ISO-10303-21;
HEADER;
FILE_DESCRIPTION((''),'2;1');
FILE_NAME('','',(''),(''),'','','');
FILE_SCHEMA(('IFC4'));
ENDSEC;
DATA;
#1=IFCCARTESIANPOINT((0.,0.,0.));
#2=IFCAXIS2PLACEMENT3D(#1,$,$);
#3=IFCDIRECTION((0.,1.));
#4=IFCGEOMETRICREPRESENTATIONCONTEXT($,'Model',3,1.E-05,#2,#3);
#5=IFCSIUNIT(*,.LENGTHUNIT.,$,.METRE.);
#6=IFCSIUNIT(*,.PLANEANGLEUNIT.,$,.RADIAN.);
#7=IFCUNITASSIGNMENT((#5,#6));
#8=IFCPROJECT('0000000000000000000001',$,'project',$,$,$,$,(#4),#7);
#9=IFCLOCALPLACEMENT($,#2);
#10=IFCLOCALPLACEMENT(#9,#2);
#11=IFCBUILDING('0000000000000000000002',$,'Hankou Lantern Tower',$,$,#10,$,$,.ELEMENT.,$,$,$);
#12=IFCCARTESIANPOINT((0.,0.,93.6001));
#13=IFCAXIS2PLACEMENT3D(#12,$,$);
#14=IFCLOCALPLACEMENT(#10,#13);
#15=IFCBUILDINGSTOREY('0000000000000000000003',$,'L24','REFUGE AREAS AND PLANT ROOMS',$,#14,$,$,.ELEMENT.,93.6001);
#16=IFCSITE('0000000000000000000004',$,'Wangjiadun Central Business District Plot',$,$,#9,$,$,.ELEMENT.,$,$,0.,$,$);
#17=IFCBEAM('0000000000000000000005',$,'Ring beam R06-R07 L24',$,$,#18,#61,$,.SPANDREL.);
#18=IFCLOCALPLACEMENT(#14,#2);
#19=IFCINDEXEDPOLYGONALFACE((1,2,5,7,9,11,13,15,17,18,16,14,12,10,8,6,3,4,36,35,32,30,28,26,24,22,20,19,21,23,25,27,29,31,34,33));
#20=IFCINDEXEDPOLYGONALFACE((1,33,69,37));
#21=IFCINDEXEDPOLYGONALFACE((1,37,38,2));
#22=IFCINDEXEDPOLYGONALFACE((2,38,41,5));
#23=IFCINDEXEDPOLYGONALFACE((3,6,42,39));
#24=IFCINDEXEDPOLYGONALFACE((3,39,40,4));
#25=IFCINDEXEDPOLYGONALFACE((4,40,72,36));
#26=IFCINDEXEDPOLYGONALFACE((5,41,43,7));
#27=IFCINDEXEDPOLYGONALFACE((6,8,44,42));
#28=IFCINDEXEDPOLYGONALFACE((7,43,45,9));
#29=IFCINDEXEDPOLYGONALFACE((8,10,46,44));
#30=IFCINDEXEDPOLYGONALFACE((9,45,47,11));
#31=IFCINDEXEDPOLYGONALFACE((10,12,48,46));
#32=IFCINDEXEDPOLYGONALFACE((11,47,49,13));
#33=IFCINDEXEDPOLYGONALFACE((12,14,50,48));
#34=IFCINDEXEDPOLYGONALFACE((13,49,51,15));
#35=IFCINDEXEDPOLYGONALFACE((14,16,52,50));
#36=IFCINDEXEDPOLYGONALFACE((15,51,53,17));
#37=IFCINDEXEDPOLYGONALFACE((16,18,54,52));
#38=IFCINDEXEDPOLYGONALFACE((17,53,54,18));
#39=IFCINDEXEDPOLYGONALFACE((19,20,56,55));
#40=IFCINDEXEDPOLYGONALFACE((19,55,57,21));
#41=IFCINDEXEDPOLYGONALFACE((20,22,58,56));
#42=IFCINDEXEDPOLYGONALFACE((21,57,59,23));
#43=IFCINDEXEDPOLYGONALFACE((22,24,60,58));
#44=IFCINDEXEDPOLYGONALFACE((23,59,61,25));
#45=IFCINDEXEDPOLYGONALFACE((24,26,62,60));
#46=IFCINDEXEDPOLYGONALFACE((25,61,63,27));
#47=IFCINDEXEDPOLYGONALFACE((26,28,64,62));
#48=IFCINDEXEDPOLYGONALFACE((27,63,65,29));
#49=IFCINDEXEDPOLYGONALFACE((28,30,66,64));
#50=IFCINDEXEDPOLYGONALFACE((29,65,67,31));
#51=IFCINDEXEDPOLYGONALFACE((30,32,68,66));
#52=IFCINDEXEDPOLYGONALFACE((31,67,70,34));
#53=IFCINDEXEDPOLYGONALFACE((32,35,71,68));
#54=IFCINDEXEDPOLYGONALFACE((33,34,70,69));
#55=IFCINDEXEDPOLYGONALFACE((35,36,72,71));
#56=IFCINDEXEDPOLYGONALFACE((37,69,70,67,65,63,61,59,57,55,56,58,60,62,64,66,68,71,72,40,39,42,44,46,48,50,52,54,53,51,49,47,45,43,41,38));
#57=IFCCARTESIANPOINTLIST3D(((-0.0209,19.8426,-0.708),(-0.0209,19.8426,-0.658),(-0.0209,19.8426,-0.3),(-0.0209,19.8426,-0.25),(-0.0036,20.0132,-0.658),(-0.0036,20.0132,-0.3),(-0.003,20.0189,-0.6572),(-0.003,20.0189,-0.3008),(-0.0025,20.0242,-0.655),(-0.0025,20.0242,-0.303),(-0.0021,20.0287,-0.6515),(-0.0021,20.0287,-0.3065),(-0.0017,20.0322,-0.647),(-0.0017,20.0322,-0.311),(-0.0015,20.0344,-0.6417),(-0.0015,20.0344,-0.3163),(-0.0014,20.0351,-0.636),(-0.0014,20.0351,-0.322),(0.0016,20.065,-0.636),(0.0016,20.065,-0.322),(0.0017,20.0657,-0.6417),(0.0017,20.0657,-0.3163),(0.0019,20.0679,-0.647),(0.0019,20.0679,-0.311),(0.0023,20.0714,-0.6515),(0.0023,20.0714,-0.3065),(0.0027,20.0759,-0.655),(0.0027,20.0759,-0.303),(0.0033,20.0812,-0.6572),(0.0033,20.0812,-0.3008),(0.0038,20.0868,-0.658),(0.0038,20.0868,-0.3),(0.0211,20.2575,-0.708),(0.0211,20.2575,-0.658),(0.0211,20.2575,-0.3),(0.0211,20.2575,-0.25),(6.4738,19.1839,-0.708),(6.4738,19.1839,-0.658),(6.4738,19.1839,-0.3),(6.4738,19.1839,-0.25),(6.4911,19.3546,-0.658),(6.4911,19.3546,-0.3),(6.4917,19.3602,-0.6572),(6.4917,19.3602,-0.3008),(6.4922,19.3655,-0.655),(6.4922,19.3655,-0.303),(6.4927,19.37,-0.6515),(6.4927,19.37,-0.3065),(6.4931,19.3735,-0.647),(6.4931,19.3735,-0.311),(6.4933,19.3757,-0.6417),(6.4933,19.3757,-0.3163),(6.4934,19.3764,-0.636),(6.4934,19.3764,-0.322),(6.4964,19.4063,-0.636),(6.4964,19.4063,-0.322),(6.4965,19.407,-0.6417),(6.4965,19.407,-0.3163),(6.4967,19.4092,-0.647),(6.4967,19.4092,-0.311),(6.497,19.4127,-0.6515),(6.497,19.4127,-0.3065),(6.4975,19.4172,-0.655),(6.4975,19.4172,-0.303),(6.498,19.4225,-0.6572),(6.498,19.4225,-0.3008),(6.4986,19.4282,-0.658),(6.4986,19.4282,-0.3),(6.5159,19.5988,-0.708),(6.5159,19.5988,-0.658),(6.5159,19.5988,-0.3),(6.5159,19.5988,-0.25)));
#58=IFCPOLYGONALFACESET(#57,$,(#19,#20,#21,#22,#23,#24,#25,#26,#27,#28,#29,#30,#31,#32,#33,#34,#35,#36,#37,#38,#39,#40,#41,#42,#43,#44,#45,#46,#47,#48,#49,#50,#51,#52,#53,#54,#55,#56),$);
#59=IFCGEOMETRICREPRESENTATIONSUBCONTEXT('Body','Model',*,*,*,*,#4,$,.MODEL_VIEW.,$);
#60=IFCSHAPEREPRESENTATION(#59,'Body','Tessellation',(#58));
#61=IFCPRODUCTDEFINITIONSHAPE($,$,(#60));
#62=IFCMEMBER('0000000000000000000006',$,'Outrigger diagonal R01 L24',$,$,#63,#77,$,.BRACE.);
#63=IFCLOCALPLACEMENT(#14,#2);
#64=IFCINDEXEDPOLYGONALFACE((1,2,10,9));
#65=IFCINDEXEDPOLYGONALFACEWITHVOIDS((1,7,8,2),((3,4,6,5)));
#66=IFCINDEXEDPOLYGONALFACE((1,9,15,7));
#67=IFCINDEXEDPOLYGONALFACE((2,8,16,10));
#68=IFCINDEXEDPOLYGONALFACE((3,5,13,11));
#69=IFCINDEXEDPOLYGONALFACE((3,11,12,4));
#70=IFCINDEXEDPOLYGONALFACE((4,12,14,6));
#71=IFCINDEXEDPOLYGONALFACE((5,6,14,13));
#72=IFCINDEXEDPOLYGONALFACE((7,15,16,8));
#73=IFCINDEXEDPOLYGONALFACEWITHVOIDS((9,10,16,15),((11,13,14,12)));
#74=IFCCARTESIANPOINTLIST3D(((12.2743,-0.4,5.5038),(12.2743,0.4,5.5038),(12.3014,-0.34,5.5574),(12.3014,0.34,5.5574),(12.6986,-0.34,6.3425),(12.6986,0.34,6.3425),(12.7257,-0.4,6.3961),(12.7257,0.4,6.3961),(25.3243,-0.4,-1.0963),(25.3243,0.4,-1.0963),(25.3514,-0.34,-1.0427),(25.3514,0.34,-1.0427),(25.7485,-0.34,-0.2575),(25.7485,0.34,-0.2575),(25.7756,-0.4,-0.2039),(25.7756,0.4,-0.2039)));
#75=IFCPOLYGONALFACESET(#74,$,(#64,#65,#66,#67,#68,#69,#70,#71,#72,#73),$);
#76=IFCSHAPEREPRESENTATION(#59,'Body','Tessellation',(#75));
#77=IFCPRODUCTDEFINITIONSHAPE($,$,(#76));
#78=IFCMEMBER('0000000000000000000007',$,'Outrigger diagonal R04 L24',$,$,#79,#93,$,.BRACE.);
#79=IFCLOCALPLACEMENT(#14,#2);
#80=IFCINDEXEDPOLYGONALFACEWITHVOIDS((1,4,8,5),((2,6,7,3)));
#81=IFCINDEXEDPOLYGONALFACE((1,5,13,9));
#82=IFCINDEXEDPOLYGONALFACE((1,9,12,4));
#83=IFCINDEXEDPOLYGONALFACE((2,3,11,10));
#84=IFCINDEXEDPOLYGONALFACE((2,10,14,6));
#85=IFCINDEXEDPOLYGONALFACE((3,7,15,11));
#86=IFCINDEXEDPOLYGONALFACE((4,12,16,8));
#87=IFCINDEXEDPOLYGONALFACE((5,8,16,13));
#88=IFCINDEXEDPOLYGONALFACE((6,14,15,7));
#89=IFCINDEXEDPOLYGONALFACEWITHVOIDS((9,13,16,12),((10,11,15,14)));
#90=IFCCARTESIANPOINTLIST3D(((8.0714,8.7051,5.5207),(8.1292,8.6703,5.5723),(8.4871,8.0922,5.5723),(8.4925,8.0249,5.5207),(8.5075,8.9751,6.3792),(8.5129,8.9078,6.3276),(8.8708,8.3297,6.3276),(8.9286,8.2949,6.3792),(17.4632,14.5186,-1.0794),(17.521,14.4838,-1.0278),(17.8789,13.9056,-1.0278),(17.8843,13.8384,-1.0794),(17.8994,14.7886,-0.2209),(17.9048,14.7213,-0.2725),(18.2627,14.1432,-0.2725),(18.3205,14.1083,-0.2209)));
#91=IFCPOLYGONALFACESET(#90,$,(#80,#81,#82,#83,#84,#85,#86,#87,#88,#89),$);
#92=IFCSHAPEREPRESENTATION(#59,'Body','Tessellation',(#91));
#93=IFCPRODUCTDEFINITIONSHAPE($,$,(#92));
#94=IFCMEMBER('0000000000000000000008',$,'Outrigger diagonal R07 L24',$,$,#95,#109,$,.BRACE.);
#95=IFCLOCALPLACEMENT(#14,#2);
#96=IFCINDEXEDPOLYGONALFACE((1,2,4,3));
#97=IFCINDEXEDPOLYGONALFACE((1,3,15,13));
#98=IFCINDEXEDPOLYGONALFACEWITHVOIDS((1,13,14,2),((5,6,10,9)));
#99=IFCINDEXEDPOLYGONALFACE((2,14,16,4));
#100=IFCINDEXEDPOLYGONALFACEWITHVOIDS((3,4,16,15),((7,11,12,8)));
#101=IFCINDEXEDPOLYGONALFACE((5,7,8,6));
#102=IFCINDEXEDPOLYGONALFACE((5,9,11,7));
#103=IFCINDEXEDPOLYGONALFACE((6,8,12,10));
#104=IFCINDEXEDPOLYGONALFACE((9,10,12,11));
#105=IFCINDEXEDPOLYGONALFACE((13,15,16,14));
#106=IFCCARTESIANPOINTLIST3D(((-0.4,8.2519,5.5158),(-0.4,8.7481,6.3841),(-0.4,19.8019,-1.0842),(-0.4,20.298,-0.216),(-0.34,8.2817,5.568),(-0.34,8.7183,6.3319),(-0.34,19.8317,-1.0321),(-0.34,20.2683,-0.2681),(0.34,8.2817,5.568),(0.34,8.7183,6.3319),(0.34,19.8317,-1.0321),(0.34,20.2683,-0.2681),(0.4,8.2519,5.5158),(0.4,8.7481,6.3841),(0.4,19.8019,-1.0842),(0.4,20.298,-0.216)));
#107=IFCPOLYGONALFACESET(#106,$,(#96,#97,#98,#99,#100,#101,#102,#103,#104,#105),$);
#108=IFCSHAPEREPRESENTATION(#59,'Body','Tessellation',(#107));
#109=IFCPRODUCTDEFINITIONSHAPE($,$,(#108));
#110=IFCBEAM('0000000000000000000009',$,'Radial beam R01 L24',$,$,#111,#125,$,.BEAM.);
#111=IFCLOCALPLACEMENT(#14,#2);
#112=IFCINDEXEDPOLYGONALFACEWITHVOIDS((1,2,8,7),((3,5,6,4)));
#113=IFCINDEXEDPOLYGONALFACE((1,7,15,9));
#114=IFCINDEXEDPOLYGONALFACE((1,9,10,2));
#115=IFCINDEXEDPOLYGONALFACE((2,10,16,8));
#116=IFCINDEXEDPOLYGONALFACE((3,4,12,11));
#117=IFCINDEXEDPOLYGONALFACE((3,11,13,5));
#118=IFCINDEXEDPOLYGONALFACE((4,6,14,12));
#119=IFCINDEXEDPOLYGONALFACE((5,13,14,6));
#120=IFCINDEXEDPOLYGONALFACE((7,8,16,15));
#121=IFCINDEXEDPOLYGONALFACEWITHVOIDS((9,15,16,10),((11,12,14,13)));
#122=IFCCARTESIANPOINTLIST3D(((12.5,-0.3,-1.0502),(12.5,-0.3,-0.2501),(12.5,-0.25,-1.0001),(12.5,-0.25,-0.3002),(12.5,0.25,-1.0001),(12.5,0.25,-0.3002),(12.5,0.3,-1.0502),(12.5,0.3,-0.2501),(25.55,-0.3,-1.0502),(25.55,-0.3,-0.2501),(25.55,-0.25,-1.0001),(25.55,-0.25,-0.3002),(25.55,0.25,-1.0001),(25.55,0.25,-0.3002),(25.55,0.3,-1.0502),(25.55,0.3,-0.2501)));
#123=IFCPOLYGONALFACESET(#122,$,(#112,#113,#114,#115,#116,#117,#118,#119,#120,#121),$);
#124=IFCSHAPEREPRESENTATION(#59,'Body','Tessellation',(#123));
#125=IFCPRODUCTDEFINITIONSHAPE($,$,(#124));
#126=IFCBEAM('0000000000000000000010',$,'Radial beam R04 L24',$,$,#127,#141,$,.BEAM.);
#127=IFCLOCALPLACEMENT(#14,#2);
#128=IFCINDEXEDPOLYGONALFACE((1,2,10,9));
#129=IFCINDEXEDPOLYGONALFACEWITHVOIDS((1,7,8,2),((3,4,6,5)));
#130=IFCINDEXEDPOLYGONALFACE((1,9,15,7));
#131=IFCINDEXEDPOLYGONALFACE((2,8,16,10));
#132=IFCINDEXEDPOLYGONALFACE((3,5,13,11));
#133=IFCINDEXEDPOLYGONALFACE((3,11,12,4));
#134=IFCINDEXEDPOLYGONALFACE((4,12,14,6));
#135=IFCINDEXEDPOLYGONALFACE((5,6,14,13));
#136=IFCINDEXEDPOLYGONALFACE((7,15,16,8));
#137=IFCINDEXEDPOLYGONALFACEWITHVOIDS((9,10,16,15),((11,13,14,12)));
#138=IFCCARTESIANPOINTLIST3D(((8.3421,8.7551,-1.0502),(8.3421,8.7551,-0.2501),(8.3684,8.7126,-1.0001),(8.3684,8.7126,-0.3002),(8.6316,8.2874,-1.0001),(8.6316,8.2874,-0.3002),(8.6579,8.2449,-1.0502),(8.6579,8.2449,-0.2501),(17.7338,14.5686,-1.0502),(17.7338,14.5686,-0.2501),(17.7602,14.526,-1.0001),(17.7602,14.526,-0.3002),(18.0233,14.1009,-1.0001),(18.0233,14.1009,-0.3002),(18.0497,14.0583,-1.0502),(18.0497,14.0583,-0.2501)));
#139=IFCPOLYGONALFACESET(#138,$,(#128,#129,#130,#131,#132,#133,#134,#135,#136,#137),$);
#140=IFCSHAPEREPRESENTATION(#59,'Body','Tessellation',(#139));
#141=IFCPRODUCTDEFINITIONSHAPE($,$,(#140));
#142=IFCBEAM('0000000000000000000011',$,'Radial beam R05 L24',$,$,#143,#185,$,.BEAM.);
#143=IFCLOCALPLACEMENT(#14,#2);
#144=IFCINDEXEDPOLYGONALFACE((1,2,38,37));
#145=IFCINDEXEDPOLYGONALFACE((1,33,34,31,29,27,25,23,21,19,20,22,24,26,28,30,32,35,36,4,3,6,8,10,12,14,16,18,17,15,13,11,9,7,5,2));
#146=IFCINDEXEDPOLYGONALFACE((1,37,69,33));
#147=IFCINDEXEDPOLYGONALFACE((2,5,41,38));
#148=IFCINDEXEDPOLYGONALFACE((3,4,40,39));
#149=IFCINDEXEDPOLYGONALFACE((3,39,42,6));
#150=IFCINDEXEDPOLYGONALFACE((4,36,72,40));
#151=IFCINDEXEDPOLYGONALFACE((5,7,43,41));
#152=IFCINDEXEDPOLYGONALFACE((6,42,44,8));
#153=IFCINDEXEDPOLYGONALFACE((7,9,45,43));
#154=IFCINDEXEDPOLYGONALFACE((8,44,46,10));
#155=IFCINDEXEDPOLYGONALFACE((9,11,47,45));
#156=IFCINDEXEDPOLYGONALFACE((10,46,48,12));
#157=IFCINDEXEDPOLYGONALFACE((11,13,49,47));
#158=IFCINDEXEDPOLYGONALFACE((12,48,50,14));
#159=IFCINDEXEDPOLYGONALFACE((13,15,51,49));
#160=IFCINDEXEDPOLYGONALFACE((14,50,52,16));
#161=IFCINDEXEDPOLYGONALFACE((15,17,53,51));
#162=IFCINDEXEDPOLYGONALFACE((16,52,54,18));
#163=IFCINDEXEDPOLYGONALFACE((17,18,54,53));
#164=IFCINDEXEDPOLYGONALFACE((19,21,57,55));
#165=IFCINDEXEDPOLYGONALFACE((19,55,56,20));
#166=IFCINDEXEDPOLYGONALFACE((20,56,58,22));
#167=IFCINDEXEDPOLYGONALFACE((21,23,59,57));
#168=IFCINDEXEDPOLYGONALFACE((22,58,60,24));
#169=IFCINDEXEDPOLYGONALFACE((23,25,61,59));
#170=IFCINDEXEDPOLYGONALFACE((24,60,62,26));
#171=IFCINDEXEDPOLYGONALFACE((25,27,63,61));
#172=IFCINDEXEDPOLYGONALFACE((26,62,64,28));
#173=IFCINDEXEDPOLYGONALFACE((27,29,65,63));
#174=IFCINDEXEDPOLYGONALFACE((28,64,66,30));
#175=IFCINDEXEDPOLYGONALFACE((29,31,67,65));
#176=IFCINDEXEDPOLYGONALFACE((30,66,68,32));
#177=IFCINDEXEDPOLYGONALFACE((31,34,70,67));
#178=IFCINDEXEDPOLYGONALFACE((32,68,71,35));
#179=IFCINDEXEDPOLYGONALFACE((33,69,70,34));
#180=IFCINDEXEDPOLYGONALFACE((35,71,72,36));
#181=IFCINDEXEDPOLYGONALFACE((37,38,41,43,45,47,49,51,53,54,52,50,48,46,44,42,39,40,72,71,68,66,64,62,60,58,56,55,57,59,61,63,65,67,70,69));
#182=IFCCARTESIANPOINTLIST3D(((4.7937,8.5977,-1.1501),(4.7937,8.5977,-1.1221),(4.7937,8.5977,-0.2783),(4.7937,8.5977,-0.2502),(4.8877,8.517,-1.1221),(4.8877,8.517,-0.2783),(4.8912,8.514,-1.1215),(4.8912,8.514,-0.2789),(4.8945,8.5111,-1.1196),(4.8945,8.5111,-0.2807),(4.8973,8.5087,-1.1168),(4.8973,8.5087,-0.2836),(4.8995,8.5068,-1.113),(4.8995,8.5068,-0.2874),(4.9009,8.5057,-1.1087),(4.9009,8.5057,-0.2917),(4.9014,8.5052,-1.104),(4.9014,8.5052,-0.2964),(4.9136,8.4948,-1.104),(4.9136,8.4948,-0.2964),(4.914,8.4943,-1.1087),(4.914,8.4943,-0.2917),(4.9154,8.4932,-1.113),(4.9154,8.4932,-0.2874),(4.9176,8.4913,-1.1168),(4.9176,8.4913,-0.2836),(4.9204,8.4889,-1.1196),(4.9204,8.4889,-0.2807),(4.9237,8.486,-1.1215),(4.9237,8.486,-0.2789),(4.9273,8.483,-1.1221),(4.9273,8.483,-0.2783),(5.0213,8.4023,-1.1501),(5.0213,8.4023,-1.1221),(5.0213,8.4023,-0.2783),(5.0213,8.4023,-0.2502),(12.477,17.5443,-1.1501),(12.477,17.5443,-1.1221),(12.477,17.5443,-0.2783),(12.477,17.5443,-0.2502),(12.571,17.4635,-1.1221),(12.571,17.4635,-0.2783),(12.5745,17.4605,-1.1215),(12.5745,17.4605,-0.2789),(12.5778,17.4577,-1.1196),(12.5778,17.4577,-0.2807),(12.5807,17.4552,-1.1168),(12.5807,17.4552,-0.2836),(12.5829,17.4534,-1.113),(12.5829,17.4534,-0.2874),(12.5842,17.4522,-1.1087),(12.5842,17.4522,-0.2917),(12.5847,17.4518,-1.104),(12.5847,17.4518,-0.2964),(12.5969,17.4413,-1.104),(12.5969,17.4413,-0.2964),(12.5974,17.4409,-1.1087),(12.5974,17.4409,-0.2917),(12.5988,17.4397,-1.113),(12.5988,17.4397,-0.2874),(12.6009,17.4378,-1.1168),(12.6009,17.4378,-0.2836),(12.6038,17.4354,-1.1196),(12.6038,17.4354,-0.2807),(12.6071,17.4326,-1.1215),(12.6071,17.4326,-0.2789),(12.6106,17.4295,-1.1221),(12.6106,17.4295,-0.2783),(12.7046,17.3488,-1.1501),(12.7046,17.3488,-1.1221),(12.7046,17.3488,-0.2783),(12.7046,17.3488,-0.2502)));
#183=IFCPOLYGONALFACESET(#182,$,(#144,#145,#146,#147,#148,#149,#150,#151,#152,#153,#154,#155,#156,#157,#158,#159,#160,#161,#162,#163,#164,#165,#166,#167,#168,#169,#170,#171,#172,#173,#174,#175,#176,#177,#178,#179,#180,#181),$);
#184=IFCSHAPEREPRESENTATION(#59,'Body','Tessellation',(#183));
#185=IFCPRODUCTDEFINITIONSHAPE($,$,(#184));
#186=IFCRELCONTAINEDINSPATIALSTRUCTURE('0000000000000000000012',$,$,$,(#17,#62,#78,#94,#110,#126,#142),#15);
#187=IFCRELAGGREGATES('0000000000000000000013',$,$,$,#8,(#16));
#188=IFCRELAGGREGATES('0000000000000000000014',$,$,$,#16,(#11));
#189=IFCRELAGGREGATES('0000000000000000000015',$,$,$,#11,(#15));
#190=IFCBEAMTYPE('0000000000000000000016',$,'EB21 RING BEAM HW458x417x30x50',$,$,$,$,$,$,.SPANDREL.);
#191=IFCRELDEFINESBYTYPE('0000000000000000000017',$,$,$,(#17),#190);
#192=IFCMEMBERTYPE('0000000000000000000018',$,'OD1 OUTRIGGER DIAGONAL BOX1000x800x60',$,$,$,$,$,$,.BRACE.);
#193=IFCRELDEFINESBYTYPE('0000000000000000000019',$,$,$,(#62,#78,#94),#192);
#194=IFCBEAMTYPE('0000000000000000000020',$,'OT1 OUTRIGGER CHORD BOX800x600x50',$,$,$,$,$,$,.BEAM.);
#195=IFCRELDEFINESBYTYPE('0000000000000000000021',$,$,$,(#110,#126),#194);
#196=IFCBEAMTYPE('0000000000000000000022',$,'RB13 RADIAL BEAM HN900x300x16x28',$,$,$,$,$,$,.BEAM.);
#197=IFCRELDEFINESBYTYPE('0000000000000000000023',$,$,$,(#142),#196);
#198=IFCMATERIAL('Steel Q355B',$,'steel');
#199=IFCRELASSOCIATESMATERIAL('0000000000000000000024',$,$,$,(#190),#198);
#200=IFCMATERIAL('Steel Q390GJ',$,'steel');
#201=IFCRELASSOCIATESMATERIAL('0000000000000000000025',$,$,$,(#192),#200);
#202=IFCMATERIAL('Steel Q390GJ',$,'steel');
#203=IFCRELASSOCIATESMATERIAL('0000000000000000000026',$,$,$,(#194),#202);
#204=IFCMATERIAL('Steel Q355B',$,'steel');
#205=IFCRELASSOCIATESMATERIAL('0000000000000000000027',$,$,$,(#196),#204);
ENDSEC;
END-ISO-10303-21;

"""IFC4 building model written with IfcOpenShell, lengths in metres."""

from ifc_helpers import new_model, si_unit, direction, frame, origin, origin_2d, place, context, subcontext, project, spatial, hollow_rectangle, i_section, extrude, material, material_profile, profile_set, type_object, element, save


model = new_model("IFC4")

# Units and contexts
model_context = context("Model", 3, precision=1e-05, world=origin(), true_north=direction((0.0, 1.0)))
body_context = subcontext(model_context, "Body", "Model", "MODEL_VIEW")
ifc_project = project(units=[si_unit("LENGTHUNIT", "METRE"), si_unit("PLANEANGLEUNIT", "RADIAN")], contexts=[model_context])

# Site, building, storey
site_placement = place(None, origin())
site = spatial("IfcSite", under=ifc_project, at=site_placement, Name="Wangjiadun Central Business District Plot", CompositionType="ELEMENT", RefElevation=0.0)
building_placement = place(site_placement, origin())
building = spatial("IfcBuilding", under=site, at=building_placement, Name="Hankou Lantern Tower", CompositionType="ELEMENT")
storey_placement = place(building_placement, frame((0.0, 0.0, 93.6001)))
storey = spatial("IfcBuildingStorey", under=building, at=storey_placement, Name="L24", Description="REFUGE AREAS AND PLANT ROOMS", CompositionType="ELEMENT", Elevation=93.6001)

# Beam
ifc_material_1 = material(Name="Steel Q355B", Category="steel")
ifc_material_profile_1 = material_profile(ifc_material_1, i_section(OverallWidth=0.417, OverallDepth=0.458, WebThickness=0.03, FlangeThickness=0.05, FilletRadius=0.022, at=origin_2d()), Name="HW458x417x30x50")
ifc_profile_set_1 = profile_set([ifc_material_profile_1], Name="Steel Q355B")
beam_type_1 = type_object("IfcBeamType", Name="EB21 RING BEAM HW458x417x30x50", PredefinedType="SPANDREL", material=ifc_profile_set_1)
beam_1_placement = place(storey_placement, frame((6.4949, 19.3914, -0.479), z_axis=(-0.994897, 0.1009, 0.0), x_axis=(-0.1009, -0.994897, 0.0)))
element("IfcBeam", 1, at=beam_1_placement, inside=storey, type_object=beam_type_1, Name="Ring beam R06-R07 L24", PredefinedType="SPANDREL", context=body_context, shape_type="SweptSolid", body=[
    extrude(i_section(OverallWidth=0.417, OverallDepth=0.458, WebThickness=0.03, FlangeThickness=0.05, FilletRadius=0.022, at=origin_2d()), origin(), (0.0, 0.0, 1.0), 6.5281),
])

# Members
ifc_material_2 = material(Name="Steel Q390GJ", Category="steel")
ifc_material_profile_2 = material_profile(ifc_material_2, hollow_rectangle(XDim=0.8, YDim=1.0, WallThickness=0.0601, at=origin_2d()), Name="BOX1000x800x60")
ifc_profile_set_2 = profile_set([ifc_material_profile_2], Name="Steel Q390GJ")
member_type = type_object("IfcMemberType", Name="OD1 OUTRIGGER DIAGONAL BOX1000x800x60", PredefinedType="BRACE", material=ifc_profile_set_2)
member_1_placement = place(storey_placement, frame((12.5, 0.0, 5.95), z_axis=(0.892364, 0.0, -0.451316), x_axis=(0.0, 1.0, 0.0)))
element("IfcMember", 2, at=member_1_placement, inside=storey, type_object=member_type, Name="Outrigger diagonal R01 L24", PredefinedType="BRACE", context=body_context, shape_type="SweptSolid", body=[
    extrude(hollow_rectangle(XDim=0.8, YDim=1.0, WallThickness=0.0601, at=origin_2d()), origin(), (0.0, 0.0, 1.0), 14.624),
])
member_2_placement = place(storey_placement, frame((8.5, 8.5, 5.95), z_axis=(0.729907, 0.451806, -0.51294), x_axis=(-0.52632, 0.850286, 0.0)))
element("IfcMember", 3, at=member_2_placement, inside=storey, type_object=member_type, Name="Outrigger diagonal R04 L24", PredefinedType="BRACE", context=body_context, shape_type="SweptSolid", body=[
    extrude(hollow_rectangle(XDim=0.8, YDim=1.0, WallThickness=0.0601, at=origin_2d()), origin(), (0.0, 0.0, 1.0), 12.8672),
])
member_3_placement = place(storey_placement, frame((0.0, 8.5, 5.95), z_axis=(0.0, 0.868241, -0.496143), x_axis=(-1.0, 0.0, 0.0)))
element("IfcMember", 4, at=member_3_placement, inside=storey, type_object=member_type, Name="Outrigger diagonal R07 L24", PredefinedType="BRACE", context=body_context, shape_type="SweptSolid", body=[
    extrude(hollow_rectangle(XDim=0.8, YDim=1.0, WallThickness=0.0601, at=origin_2d()), origin(), (0.0, 0.0, 1.0), 13.3027),
])

# Beams
ifc_material_3 = material(Name="Steel Q390GJ", Category="steel")
ifc_material_profile_3 = material_profile(ifc_material_3, hollow_rectangle(XDim=0.6001, YDim=0.8, WallThickness=0.05, at=origin_2d()), Name="BOX800x600x50")
ifc_profile_set_3 = profile_set([ifc_material_profile_3], Name="Steel Q390GJ")
beam_type_2 = type_object("IfcBeamType", Name="OT1 OUTRIGGER CHORD BOX800x600x50", PredefinedType="BEAM", material=ifc_profile_set_3)
beam_2_placement = place(storey_placement, frame((12.5, 0.0, -0.6501), z_axis=(1.0, 0.0, 0.0), x_axis=(0.0, 1.0, 0.0)))
element("IfcBeam", 5, at=beam_2_placement, inside=storey, type_object=beam_type_2, Name="Radial beam R01 L24", PredefinedType="BEAM", context=body_context, shape_type="SweptSolid", body=[
    extrude(hollow_rectangle(XDim=0.6001, YDim=0.8, WallThickness=0.05, at=origin_2d()), origin(), (0.0, 0.0, 1.0), 13.05),
])
beam_3_placement = place(storey_placement, frame((8.5, 8.5, -0.6501), z_axis=(0.850286, 0.52632, 0.0), x_axis=(-0.52632, 0.850286, 0.0)))
element("IfcBeam", 6, at=beam_3_placement, inside=storey, type_object=beam_type_2, Name="Radial beam R04 L24", PredefinedType="BEAM", context=body_context, shape_type="SweptSolid", body=[
    extrude(hollow_rectangle(XDim=0.6001, YDim=0.8, WallThickness=0.05, at=origin_2d()), origin(), (0.0, 0.0, 1.0), 11.0454),
])
ifc_material_4 = material(Name="Steel Q355B", Category="steel")
ifc_material_profile_4 = material_profile(ifc_material_4, i_section(OverallWidth=0.3, OverallDepth=0.8999, WebThickness=0.0161, FlangeThickness=0.0281, FilletRadius=0.0181, at=origin_2d()), Name="HN900x300x16x28")
ifc_profile_set_4 = profile_set([ifc_material_profile_4], Name="Steel Q355B")
beam_type_3 = type_object("IfcBeamType", Name="RB13 RADIAL BEAM HN900x300x16x28", PredefinedType="BEAM", material=ifc_profile_set_4)
beam_4_placement = place(storey_placement, frame((4.9075, 8.5, -0.7002), z_axis=(0.651519, 0.758632, 0.0), x_axis=(-0.758632, 0.651519, 0.0)))
element("IfcBeam", 7, at=beam_4_placement, inside=storey, type_object=beam_type_3, Name="Radial beam R05 L24", PredefinedType="BEAM", context=body_context, shape_type="SweptSolid", body=[
    extrude(i_section(OverallWidth=0.3, OverallDepth=0.8999, WebThickness=0.0161, FlangeThickness=0.0281, FilletRadius=0.0181, at=origin_2d()), origin(), (0.0, 0.0, 1.0), 11.793),
])

save(model, "model.ifc")
